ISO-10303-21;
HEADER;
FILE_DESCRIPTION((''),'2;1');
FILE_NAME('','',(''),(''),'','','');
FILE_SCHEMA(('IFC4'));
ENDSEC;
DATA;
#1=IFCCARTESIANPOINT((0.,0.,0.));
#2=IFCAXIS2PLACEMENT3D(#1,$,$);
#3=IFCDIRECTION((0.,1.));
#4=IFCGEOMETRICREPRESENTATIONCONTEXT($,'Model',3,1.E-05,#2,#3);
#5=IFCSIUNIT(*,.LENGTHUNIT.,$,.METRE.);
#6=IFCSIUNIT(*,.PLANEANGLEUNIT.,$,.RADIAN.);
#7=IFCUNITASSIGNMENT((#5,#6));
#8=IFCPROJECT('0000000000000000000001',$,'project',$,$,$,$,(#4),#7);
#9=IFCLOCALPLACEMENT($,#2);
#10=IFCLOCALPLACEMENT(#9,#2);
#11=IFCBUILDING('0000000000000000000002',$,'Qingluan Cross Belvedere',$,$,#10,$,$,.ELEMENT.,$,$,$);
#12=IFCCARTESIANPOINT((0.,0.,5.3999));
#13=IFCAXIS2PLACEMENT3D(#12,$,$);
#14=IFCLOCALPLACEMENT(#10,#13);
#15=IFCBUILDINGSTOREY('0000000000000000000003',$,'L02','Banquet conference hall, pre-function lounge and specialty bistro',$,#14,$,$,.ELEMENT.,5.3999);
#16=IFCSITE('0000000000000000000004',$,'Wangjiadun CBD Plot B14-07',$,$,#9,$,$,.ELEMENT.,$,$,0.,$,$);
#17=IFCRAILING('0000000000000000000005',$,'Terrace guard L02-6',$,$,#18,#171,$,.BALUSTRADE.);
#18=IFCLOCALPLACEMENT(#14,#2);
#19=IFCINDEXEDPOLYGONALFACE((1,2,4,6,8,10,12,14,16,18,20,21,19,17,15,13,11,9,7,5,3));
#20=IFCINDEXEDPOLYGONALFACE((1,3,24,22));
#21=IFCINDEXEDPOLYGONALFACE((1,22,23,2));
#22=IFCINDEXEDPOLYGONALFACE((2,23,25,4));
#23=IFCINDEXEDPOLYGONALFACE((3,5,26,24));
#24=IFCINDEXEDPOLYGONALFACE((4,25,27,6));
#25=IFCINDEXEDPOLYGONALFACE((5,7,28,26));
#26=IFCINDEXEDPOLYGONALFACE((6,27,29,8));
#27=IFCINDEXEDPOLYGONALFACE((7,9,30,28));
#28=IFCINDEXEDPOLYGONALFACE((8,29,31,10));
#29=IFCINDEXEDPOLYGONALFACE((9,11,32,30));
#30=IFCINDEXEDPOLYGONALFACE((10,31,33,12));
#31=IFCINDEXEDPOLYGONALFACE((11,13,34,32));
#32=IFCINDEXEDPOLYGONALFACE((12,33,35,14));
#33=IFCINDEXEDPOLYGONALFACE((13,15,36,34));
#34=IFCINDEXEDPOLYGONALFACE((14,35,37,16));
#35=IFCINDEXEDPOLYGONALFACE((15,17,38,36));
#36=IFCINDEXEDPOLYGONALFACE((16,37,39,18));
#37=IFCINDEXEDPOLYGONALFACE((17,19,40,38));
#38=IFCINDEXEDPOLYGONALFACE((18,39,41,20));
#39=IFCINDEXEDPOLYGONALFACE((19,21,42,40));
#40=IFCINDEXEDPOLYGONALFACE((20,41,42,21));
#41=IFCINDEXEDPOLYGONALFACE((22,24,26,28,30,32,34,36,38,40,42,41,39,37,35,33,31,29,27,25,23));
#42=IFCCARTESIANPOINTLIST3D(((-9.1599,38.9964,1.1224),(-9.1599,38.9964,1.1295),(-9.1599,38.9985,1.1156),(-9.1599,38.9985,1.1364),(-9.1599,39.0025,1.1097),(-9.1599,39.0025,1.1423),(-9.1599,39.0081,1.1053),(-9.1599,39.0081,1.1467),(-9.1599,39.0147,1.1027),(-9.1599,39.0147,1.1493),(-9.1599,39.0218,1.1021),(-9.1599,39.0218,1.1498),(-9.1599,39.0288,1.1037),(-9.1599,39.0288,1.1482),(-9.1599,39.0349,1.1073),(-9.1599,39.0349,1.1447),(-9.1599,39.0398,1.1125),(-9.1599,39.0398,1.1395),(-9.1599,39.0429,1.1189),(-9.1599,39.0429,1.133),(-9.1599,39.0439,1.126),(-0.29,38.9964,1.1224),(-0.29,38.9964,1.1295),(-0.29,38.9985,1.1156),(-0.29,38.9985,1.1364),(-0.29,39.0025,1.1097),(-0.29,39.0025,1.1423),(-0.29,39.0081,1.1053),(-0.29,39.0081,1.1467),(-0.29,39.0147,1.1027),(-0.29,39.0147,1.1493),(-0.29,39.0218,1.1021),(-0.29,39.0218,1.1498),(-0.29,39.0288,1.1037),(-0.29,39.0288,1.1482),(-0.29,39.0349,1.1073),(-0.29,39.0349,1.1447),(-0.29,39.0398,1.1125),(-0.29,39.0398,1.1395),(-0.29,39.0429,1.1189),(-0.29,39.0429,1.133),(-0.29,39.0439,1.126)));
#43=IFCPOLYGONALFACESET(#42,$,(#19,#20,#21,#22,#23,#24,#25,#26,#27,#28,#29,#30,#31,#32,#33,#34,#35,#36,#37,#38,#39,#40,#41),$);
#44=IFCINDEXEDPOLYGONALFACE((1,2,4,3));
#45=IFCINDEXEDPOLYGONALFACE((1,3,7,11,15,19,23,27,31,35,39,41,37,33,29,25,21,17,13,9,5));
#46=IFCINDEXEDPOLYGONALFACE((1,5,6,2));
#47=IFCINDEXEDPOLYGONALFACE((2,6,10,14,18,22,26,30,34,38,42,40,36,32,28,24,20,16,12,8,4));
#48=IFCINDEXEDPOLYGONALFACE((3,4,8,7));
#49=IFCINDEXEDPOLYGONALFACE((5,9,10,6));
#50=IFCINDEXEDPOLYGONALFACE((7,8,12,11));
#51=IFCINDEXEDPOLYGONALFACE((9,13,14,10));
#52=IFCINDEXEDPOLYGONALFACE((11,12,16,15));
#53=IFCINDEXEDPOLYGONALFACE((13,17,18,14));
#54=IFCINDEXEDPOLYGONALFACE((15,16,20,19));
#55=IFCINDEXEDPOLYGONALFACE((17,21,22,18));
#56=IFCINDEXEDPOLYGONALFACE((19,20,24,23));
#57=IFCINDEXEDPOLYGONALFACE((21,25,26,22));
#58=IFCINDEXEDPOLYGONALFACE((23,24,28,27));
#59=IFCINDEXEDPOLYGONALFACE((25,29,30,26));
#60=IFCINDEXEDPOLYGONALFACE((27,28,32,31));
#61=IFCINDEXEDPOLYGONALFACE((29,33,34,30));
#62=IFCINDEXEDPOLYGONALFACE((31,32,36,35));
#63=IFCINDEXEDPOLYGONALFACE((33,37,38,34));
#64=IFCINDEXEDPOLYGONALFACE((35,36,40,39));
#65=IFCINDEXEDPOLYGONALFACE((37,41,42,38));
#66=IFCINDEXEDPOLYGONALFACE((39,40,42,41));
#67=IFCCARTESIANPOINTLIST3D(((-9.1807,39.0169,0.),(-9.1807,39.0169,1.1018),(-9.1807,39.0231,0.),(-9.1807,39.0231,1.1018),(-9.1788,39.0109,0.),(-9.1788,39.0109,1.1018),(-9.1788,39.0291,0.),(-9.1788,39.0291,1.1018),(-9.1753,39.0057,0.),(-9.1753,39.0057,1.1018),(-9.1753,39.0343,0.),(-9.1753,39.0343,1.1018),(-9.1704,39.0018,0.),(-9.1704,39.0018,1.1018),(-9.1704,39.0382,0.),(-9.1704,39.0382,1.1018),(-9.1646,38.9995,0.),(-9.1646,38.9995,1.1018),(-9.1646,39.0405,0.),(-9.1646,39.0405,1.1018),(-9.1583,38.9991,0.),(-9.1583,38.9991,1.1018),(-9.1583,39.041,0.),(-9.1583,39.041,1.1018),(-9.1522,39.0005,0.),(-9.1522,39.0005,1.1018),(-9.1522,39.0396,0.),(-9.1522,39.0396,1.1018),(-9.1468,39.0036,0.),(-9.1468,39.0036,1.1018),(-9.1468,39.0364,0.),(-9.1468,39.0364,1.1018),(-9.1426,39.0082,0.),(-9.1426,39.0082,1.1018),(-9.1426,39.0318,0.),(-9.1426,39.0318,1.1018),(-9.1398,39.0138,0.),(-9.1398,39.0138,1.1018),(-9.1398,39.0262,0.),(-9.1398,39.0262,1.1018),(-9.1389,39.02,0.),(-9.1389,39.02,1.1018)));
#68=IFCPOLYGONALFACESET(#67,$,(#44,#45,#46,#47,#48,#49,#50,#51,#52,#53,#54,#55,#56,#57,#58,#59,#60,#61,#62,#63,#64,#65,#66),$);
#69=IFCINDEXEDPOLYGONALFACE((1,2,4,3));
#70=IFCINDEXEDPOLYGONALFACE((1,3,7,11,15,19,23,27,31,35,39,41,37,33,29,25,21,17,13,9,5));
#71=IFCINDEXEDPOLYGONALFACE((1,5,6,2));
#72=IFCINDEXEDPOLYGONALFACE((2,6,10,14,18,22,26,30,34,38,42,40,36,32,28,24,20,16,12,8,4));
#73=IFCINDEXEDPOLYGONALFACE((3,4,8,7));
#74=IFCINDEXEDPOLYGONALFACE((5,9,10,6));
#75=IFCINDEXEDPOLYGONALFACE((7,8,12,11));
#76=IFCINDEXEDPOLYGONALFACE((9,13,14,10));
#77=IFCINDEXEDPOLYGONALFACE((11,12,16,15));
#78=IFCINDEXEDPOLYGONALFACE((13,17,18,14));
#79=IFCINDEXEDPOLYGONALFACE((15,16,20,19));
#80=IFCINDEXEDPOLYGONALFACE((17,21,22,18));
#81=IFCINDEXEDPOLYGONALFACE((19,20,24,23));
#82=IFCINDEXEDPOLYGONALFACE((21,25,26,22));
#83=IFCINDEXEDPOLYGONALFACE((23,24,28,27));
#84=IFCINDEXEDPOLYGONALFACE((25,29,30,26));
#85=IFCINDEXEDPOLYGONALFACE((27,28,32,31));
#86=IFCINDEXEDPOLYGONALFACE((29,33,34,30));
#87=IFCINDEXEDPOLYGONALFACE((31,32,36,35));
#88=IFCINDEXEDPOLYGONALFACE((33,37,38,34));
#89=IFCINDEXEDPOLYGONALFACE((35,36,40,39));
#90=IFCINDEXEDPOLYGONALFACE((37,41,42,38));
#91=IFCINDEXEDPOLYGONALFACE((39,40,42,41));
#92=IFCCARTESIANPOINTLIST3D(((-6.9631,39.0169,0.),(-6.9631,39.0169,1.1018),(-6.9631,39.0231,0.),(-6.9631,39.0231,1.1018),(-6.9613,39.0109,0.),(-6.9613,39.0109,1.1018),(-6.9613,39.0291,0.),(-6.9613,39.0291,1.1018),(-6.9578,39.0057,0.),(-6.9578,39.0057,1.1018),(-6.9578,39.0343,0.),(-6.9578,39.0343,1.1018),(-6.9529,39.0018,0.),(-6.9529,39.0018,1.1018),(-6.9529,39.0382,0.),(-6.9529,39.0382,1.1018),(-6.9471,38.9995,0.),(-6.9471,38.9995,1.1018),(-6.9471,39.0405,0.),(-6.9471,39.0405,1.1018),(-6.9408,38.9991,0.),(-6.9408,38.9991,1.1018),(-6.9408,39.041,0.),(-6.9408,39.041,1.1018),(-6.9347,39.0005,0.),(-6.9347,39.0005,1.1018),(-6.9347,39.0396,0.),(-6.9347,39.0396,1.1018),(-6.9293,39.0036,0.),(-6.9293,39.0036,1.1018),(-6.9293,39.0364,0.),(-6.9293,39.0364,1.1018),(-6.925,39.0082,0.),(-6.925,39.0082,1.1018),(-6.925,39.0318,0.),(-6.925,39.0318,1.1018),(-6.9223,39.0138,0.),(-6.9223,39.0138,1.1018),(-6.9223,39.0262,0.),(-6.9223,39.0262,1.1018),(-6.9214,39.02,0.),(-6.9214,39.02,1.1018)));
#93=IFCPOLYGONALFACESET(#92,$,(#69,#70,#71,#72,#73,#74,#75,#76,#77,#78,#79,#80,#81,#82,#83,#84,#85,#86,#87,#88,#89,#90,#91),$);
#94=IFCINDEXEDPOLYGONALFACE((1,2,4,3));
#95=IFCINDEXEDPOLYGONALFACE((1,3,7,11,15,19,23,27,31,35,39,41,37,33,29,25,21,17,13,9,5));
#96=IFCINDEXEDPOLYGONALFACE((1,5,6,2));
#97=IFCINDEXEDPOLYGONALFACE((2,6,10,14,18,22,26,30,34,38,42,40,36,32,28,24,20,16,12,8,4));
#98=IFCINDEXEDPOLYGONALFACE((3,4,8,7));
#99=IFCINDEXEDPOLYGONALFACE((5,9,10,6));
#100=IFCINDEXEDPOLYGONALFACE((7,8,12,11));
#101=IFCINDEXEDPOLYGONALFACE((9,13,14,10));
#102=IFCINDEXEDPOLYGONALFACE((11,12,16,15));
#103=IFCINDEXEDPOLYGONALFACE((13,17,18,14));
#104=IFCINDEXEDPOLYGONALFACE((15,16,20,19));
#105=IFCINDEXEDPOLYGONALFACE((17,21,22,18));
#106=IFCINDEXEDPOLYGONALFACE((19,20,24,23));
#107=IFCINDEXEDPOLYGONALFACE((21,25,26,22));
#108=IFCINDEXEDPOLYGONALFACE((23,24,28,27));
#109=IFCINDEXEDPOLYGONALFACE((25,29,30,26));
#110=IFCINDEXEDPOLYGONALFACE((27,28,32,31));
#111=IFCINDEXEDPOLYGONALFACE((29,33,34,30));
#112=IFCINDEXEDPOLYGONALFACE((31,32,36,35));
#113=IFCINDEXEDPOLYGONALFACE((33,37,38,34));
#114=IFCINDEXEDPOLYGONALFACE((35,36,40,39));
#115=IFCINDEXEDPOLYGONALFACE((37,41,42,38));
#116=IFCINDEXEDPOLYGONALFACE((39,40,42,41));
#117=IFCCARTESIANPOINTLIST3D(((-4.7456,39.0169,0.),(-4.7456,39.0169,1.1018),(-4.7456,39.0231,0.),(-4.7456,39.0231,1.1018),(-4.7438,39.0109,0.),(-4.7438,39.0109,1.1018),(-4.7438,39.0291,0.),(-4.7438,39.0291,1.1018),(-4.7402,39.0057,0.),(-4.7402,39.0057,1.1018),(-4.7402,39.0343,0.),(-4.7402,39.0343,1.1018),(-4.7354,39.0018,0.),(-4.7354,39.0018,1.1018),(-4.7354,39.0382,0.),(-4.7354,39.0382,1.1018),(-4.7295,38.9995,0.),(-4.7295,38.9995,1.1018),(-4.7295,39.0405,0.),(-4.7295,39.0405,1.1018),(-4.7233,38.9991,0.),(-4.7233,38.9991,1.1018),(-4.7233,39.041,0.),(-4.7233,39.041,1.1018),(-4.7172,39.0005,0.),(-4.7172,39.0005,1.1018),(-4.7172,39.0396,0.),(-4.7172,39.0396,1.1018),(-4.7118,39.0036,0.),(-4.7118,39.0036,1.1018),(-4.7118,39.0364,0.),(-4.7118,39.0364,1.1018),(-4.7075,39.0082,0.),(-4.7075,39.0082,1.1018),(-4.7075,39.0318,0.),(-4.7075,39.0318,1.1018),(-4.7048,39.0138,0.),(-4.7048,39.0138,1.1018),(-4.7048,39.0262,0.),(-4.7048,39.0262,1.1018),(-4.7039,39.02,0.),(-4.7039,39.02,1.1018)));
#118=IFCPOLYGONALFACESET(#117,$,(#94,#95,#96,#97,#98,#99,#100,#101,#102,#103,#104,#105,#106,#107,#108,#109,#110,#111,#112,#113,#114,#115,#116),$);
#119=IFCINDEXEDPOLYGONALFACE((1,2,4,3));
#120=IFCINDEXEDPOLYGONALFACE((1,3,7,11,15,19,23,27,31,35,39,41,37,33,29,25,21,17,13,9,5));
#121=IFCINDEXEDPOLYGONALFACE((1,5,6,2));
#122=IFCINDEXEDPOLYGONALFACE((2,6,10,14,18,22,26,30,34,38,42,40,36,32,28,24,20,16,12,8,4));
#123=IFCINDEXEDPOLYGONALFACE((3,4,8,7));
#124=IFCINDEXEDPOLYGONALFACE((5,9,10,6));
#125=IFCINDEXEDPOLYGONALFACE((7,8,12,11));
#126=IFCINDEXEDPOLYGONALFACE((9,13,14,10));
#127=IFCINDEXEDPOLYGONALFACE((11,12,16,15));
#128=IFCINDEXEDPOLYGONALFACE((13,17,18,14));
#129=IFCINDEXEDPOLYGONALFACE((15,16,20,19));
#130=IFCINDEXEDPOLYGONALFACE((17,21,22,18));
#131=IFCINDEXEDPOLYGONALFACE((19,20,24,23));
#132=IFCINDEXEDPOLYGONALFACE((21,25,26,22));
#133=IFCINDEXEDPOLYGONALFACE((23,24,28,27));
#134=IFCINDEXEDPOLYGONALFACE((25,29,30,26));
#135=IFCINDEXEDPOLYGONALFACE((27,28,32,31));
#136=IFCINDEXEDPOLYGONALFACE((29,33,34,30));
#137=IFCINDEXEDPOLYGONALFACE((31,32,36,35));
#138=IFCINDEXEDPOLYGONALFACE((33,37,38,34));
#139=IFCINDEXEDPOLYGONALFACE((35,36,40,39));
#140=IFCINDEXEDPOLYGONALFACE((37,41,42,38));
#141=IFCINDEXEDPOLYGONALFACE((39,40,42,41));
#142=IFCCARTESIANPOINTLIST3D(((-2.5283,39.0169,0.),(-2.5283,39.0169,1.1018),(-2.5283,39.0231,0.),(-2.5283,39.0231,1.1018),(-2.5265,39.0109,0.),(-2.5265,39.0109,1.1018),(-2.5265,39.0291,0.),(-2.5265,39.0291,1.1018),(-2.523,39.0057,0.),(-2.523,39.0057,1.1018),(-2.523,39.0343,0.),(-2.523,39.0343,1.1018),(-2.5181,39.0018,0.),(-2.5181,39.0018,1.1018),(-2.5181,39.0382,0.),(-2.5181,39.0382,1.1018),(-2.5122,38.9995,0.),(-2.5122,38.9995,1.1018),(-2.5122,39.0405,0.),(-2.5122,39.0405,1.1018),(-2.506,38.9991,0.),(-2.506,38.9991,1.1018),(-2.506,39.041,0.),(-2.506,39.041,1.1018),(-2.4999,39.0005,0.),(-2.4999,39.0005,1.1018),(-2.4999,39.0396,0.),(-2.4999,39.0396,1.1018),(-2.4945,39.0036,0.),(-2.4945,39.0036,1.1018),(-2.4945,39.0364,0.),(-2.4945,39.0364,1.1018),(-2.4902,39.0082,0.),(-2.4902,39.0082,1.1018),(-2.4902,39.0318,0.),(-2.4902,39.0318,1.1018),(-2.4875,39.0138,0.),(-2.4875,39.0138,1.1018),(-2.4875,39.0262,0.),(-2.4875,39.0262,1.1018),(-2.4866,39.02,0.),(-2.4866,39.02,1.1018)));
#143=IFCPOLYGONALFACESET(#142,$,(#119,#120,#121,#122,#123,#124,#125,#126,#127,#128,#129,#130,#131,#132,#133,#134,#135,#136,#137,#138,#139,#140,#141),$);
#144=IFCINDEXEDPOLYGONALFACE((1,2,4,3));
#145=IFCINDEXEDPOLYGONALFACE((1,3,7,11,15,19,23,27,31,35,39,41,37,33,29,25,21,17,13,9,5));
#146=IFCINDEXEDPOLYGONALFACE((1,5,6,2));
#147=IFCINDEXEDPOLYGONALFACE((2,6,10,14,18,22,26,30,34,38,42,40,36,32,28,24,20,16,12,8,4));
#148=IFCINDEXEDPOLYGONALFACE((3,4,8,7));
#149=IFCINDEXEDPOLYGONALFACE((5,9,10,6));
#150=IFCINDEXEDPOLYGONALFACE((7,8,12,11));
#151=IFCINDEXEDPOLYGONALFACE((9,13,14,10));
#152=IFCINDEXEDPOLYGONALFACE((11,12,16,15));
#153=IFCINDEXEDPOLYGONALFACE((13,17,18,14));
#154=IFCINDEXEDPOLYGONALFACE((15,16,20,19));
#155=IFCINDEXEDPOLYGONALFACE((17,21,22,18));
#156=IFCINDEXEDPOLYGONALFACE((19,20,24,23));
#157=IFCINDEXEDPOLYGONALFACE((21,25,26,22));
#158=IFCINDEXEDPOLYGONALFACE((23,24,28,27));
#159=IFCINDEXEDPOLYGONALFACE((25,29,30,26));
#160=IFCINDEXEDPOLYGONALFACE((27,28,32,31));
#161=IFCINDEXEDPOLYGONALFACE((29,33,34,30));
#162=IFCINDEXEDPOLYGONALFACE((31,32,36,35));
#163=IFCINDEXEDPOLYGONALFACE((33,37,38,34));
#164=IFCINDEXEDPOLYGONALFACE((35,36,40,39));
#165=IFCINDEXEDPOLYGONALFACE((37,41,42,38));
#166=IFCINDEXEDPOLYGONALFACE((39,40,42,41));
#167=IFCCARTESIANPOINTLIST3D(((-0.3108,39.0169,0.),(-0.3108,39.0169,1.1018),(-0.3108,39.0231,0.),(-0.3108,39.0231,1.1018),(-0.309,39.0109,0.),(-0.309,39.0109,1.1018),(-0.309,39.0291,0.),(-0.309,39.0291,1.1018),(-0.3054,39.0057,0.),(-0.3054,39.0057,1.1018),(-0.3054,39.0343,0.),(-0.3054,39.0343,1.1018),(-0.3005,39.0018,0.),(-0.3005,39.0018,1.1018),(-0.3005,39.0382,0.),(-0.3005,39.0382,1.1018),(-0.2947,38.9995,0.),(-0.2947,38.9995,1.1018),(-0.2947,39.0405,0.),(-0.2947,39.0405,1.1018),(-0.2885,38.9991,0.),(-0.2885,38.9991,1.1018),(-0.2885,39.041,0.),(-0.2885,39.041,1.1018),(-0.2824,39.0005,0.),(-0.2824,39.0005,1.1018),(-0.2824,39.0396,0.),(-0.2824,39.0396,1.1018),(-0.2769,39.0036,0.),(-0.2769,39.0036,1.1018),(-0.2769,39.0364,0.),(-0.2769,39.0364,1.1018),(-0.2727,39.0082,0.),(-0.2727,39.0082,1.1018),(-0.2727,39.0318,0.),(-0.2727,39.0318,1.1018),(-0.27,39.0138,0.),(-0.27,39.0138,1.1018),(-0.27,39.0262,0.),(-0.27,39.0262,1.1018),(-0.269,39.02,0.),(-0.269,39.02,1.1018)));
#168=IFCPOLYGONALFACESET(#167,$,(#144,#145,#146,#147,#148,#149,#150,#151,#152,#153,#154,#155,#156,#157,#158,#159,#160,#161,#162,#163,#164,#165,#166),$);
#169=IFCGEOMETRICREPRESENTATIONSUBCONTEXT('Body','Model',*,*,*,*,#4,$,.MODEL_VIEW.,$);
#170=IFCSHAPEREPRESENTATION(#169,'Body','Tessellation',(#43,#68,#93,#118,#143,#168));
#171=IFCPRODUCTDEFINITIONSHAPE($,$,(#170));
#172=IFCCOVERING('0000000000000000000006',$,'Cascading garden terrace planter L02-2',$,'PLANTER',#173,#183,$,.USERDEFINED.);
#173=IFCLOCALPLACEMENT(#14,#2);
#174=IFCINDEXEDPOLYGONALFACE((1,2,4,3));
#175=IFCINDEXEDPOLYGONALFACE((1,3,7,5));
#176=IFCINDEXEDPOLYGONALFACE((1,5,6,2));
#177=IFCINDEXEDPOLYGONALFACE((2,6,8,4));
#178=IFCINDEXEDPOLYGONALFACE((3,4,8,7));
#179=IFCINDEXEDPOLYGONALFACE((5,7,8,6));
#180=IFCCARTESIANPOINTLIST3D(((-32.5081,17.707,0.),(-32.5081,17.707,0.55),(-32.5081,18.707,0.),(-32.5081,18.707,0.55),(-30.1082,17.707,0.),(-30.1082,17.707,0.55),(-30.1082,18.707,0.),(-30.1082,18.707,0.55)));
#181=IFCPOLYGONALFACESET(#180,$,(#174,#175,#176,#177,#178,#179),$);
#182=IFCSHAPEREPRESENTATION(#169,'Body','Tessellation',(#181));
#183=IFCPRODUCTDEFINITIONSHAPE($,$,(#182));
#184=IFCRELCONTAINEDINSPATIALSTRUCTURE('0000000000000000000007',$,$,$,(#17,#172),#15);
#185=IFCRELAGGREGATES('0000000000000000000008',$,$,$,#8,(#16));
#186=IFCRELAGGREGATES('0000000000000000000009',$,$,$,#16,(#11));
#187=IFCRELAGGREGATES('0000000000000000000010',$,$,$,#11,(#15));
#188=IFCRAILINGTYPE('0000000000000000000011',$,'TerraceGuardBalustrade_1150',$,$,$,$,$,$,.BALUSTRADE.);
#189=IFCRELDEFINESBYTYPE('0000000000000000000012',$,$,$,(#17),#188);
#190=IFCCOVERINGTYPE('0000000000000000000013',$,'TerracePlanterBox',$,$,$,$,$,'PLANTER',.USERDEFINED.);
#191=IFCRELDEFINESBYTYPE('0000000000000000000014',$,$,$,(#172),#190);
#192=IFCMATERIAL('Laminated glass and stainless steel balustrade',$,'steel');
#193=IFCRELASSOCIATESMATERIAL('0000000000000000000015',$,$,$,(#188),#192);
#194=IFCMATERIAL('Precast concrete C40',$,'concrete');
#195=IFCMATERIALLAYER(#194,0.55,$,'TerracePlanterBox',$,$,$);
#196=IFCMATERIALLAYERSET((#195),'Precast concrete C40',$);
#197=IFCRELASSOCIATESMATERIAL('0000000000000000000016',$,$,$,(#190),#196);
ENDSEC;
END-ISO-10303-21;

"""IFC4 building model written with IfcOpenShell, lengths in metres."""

from ifc_helpers import new_model, si_unit, direction, frame, origin, origin_2d, place, context, subcontext, project, spatial, rectangle, circle, extrude, material, layer, layer_set, type_object, element, save


model = new_model("IFC4")

# Units and contexts
model_context = context("Model", 3, precision=1e-05, world=origin(), true_north=direction((0.0, 1.0)))
body_context = subcontext(model_context, "Body", "Model", "MODEL_VIEW")
ifc_project = project(units=[si_unit("LENGTHUNIT", "METRE"), si_unit("PLANEANGLEUNIT", "RADIAN")], contexts=[model_context])

# Site, building, storey
site_placement = place(None, origin())
site = spatial("IfcSite", under=ifc_project, at=site_placement, Name="Wangjiadun CBD Plot B14-07", CompositionType="ELEMENT", RefElevation=0.0)
building_placement = place(site_placement, origin())
building = spatial("IfcBuilding", under=site, at=building_placement, Name="Qingluan Cross Belvedere", CompositionType="ELEMENT")
storey_placement = place(building_placement, frame((0.0, 0.0, 5.3999)))
storey = spatial("IfcBuildingStorey", under=building, at=storey_placement, Name="L02", Description="Banquet conference hall, pre-function lounge and specialty bistro", CompositionType="ELEMENT", Elevation=5.3999)

# Railing
ifc_material_1 = material(Name="Laminated glass and stainless steel balustrade", Category="steel")
railing_type = type_object("IfcRailingType", Name="TerraceGuardBalustrade_1150", PredefinedType="BALUSTRADE", material=ifc_material_1)
railing_1_placement = place(storey_placement, frame((-9.1599, 39.02, 0.0)))
element("IfcRailing", 1, at=railing_1_placement, inside=storey, type_object=railing_type, Name="Terrace guard L02-6", PredefinedType="BALUSTRADE", context=body_context, shape_type="SweptSolid", body=[
    extrude(circle(Radius=0.0239, at=origin_2d()), frame((0.0, 0.0, 1.126), z_axis=(1.0, 0.0, 0.0), x_axis=(0.0, 1.0, 0.0)), (0.0, 0.0, 1.0), 8.8699),
    extrude(circle(Radius=0.021, at=origin_2d()), origin(), (0.0, 0.0, 1.0), 1.1018),
    extrude(circle(Radius=0.021, at=origin_2d()), frame((2.2175, 0.0, 0.0)), (0.0, 0.0, 1.0), 1.1018),
    extrude(circle(Radius=0.021, at=origin_2d()), frame((4.4351, 0.0, 0.0)), (0.0, 0.0, 1.0), 1.1018),
    extrude(circle(Radius=0.021, at=origin_2d()), frame((6.6523, 0.0, 0.0)), (0.0, 0.0, 1.0), 1.1018),
    extrude(circle(Radius=0.021, at=origin_2d()), frame((8.8699, 0.0, 0.0)), (0.0, 0.0, 1.0), 1.1018),
])

# Covering
ifc_material_2 = material(Name="Precast concrete C40", Category="concrete")
ifc_layer_1 = layer(ifc_material_2, 0.55, Name="TerracePlanterBox")
ifc_layer_set_1 = layer_set([ifc_layer_1], Name="Precast concrete C40")
covering_type = type_object("IfcCoveringType", Name="TerracePlanterBox", ElementType="PLANTER", PredefinedType="USERDEFINED", material=ifc_layer_set_1)
covering_placement = place(storey_placement, frame((-31.3081, 18.207, 0.0), z_axis=(0.0, 0.0, 1.0), x_axis=(1.0, 0.0, 0.0)))
element("IfcCovering", 2, at=covering_placement, inside=storey, type_object=covering_type, Name="Cascading garden terrace planter L02-2", ObjectType="PLANTER", PredefinedType="USERDEFINED", context=body_context, shape_type="SweptSolid", body=[
    extrude(rectangle(XDim=2.3999, YDim=1.0, at=origin_2d()), origin(), (0.0, 0.0, 1.0), 0.55),
])

save(model, "model.ifc")
